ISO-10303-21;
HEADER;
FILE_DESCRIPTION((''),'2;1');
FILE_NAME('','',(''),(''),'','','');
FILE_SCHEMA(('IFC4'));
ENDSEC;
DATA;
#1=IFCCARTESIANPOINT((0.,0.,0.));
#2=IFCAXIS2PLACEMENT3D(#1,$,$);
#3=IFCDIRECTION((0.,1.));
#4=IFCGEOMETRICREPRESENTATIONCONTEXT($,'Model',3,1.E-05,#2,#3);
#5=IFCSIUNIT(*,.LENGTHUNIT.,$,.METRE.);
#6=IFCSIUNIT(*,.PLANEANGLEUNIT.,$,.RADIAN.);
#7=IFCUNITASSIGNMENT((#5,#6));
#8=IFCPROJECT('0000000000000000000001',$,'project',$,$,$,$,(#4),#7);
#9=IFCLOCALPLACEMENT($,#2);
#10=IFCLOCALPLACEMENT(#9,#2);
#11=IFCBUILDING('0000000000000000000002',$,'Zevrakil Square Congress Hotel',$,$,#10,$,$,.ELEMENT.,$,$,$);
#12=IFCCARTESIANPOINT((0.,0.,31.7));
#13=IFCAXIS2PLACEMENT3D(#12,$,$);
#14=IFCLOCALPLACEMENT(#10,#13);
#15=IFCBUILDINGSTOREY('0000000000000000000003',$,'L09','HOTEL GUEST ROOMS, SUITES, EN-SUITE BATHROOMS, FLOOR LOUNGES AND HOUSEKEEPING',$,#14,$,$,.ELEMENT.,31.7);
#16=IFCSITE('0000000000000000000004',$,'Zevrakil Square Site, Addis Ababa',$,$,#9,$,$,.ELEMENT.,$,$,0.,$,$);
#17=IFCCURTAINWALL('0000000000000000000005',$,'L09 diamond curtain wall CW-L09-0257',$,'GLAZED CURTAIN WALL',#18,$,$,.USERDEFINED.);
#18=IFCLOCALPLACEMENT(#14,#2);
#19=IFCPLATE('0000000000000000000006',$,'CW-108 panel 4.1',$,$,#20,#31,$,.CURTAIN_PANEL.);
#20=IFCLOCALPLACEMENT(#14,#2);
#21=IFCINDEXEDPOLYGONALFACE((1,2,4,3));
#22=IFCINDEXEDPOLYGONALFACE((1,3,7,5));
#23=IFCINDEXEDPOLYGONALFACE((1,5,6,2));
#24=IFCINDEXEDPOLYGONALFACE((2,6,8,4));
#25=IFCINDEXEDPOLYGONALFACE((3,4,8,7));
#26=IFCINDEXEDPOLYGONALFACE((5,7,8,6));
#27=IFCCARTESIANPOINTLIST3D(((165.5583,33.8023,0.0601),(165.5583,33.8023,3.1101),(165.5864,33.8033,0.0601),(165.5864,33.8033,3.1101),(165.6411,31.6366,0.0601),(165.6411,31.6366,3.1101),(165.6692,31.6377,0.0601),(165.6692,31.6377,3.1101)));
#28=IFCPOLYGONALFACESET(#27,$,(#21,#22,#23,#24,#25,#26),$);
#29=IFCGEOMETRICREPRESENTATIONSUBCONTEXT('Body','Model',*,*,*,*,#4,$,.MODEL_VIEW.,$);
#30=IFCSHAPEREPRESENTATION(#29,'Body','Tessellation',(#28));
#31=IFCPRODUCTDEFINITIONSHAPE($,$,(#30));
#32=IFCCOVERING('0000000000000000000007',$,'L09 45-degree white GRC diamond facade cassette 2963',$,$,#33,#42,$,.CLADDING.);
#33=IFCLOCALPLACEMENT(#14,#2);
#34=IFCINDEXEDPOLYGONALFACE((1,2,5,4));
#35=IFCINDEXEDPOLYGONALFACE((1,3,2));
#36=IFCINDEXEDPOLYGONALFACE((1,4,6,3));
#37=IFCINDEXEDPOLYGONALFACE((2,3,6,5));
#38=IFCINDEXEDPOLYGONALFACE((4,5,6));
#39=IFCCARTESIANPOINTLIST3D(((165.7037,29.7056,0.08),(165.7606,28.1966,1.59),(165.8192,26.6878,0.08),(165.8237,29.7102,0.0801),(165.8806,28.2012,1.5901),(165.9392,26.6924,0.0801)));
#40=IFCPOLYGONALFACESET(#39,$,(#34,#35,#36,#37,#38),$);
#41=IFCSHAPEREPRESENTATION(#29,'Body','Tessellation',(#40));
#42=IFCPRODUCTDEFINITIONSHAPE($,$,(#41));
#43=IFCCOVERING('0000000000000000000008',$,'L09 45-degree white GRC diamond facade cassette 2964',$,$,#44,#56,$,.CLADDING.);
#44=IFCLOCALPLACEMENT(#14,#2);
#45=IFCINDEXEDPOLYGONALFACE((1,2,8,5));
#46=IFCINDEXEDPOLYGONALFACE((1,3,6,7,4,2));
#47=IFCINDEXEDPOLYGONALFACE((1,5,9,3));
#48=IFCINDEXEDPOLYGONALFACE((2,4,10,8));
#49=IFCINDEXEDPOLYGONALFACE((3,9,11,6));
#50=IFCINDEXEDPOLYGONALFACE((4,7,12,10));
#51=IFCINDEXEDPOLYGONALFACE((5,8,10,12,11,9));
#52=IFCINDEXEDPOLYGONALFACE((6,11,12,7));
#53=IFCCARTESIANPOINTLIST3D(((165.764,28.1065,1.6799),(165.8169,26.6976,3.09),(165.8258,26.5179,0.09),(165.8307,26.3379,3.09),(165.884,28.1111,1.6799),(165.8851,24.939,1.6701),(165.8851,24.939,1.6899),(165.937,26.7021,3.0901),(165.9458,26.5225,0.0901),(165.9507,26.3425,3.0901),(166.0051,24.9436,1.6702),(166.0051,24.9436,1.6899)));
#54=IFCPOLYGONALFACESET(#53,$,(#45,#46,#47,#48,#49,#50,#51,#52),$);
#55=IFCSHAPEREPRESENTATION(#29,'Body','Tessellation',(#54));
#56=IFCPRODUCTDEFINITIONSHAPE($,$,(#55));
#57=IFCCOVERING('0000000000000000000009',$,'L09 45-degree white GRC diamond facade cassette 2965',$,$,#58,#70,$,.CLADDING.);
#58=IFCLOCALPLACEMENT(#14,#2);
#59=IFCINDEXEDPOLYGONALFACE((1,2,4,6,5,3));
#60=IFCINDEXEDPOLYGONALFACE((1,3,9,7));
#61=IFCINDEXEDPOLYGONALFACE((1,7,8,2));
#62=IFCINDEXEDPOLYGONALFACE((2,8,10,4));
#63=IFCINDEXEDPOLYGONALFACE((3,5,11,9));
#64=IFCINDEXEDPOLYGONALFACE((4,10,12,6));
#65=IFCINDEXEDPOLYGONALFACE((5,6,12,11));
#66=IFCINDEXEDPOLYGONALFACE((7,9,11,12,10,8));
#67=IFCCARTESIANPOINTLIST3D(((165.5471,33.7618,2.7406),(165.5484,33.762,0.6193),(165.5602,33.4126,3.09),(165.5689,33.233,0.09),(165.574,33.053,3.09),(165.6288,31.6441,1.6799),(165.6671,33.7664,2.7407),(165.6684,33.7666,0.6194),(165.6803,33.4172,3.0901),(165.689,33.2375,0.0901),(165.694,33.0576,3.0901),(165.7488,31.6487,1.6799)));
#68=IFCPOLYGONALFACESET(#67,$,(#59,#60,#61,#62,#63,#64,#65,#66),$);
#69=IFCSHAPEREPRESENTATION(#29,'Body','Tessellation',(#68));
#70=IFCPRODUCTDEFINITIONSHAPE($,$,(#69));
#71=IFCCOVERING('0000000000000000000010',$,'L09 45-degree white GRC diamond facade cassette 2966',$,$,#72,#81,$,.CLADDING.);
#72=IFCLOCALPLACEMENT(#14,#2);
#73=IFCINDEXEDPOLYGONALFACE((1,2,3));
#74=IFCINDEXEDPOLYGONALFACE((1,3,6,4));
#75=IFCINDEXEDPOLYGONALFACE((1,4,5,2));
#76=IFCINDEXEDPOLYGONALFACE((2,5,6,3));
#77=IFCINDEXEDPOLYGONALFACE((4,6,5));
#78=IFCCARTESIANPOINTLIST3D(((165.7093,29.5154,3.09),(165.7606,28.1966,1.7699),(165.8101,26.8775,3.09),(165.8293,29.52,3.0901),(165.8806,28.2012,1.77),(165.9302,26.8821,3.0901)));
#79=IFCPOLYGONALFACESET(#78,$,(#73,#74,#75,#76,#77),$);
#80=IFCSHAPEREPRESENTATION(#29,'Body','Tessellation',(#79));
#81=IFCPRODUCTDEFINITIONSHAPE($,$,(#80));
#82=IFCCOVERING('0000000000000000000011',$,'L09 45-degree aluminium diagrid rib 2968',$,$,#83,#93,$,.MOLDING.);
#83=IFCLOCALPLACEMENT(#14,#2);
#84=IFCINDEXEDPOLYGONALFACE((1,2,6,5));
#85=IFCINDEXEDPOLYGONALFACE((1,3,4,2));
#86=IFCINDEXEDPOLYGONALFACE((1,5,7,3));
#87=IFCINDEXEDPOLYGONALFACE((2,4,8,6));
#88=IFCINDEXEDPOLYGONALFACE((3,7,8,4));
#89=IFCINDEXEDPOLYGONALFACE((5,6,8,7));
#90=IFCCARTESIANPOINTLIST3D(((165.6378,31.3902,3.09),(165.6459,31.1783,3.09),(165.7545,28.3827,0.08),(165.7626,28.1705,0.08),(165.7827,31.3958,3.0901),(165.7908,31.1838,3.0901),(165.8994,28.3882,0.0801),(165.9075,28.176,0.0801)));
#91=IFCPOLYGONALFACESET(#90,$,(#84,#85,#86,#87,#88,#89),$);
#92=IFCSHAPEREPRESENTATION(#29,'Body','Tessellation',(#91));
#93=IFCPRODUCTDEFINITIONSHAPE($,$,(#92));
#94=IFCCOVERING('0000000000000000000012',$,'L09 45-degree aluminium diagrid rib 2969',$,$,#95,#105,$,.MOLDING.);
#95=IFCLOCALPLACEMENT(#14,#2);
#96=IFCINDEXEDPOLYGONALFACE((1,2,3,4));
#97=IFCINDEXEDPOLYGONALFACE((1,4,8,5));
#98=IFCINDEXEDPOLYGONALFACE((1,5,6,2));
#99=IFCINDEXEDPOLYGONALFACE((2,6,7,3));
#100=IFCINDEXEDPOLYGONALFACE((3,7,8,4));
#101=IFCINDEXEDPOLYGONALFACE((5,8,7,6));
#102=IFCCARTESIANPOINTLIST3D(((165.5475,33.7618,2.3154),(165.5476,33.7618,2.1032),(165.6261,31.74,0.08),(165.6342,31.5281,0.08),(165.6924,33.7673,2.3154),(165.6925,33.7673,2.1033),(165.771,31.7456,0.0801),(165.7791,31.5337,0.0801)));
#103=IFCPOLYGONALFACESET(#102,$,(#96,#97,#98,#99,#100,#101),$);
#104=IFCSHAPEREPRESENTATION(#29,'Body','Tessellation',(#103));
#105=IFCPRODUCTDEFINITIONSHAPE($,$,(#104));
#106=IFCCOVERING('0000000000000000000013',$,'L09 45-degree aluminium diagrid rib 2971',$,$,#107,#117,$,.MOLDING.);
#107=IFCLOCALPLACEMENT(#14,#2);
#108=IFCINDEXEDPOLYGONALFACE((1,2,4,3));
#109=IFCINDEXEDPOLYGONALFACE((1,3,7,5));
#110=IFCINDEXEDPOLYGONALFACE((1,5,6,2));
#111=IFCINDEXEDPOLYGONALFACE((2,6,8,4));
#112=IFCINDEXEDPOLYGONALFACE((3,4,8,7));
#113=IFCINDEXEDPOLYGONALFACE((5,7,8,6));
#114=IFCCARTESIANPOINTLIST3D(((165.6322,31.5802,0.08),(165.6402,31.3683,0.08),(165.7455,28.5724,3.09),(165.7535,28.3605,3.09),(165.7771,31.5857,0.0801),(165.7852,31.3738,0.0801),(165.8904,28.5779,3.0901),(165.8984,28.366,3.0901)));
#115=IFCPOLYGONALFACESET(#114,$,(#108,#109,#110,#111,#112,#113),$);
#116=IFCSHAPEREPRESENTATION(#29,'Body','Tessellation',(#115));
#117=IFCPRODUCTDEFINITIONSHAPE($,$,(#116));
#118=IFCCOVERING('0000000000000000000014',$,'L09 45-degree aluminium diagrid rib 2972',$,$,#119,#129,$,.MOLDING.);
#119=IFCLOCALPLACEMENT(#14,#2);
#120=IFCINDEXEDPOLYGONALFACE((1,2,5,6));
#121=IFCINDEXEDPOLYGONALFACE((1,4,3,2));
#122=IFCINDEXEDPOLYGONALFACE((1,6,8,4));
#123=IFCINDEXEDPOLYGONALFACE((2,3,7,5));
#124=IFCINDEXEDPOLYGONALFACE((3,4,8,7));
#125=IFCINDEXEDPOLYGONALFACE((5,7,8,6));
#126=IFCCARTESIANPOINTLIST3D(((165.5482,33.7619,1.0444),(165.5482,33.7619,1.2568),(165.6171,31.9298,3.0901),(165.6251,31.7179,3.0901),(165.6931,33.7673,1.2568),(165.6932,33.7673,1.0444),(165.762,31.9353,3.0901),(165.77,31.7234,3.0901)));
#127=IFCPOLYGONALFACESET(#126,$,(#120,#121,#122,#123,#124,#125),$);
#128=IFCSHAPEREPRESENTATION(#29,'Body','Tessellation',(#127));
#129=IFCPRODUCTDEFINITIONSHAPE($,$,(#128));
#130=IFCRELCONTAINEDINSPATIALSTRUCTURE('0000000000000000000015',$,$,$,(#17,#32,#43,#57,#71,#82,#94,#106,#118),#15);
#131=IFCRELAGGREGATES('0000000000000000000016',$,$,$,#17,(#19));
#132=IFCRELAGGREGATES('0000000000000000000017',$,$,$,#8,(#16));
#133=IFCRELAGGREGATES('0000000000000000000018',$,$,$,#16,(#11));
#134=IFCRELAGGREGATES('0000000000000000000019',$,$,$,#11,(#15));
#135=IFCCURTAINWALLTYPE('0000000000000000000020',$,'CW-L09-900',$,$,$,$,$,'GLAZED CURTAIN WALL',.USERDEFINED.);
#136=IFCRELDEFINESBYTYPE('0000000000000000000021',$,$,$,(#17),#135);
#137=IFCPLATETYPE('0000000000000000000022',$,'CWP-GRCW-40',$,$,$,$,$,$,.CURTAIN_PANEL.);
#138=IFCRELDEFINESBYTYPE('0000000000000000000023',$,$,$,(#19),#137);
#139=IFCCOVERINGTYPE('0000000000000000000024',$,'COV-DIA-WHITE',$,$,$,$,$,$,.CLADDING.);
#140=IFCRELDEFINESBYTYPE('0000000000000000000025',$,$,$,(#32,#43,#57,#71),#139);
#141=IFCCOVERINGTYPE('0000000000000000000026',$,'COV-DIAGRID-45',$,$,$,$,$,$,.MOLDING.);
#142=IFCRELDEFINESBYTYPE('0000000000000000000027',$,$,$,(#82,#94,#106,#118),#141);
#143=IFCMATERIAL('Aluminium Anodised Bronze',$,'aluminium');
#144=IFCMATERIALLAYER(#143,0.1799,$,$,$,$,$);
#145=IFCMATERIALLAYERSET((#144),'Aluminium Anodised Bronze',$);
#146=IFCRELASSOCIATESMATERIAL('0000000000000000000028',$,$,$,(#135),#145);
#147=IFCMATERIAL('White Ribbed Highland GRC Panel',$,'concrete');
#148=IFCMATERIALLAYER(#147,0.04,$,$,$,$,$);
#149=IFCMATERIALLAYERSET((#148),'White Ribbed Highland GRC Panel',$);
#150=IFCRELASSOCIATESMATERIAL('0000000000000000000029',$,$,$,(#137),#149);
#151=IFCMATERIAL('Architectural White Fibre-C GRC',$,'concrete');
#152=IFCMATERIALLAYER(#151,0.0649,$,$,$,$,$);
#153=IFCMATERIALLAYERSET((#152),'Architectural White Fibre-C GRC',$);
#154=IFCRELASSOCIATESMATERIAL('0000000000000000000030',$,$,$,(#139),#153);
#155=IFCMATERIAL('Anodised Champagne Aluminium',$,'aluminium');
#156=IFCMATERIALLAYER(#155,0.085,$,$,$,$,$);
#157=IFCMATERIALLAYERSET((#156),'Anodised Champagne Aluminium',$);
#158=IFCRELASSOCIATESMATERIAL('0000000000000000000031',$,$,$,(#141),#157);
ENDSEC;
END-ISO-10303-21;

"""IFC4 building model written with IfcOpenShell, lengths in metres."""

from ifc_helpers import new_model, si_unit, direction, frame, origin, origin_2d, place, context, subcontext, project, spatial, polyline, rectangle, outline, extrude, material, layer, layer_set, type_object, element, aggregate, save


model = new_model("IFC4")

# Units and contexts
model_context = context("Model", 3, precision=1e-05, world=origin(), true_north=direction((0.0, 1.0)))
body_context = subcontext(model_context, "Body", "Model", "MODEL_VIEW")
ifc_project = project(units=[si_unit("LENGTHUNIT", "METRE"), si_unit("PLANEANGLEUNIT", "RADIAN")], contexts=[model_context])

# Site, building, storey
site_placement = place(None, origin())
site = spatial("IfcSite", under=ifc_project, at=site_placement, Name="Zevrakil Square Site, Addis Ababa", CompositionType="ELEMENT", RefElevation=0.0)
building_placement = place(site_placement, origin())
building = spatial("IfcBuilding", under=site, at=building_placement, Name="Zevrakil Square Congress Hotel", CompositionType="ELEMENT")
storey_placement = place(building_placement, frame((0.0, 0.0, 31.7)))
storey = spatial("IfcBuildingStorey", under=building, at=storey_placement, Name="L09", Description="HOTEL GUEST ROOMS, SUITES, EN-SUITE BATHROOMS, FLOOR LOUNGES AND HOUSEKEEPING", CompositionType="ELEMENT", Elevation=31.7)

# Curtain wall
ifc_material_1 = material(Name="Aluminium Anodised Bronze", Category="aluminium")
ifc_layer_1 = layer(ifc_material_1, 0.1799)
ifc_layer_set_1 = layer_set([ifc_layer_1], Name="Aluminium Anodised Bronze")
curtain_wall_type_1 = type_object("IfcCurtainWallType", Name="CW-L09-900", ElementType="GLAZED CURTAIN WALL", PredefinedType="USERDEFINED", material=ifc_layer_set_1)
curtain_wall_1_placement = place(storey_placement, origin())
curtain_wall_1 = element("IfcCurtainWall", 1, at=curtain_wall_1_placement, inside=storey, type_object=curtain_wall_type_1, Name="L09 diamond curtain wall CW-L09-0257", ObjectType="GLAZED CURTAIN WALL", PredefinedType="USERDEFINED")

# Plate
ifc_material_2 = material(Name="White Ribbed Highland GRC Panel", Category="concrete")
ifc_layer_2 = layer(ifc_material_2, 0.04)
ifc_layer_set_2 = layer_set([ifc_layer_2], Name="White Ribbed Highland GRC Panel")
plate_type_1 = type_object("IfcPlateType", Name="CWP-GRCW-40", PredefinedType="CURTAIN_PANEL", material=ifc_layer_set_2)
plate_1_placement = place(storey_placement, frame((165.6138, 32.72, 0.0601), z_axis=(0.0, 0.0, 1.0), x_axis=(-0.038209, 0.99927, 0.0)))
plate_1 = element("IfcPlate", 2, at=plate_1_placement, type_object=plate_type_1, Name="CW-108 panel 4.1", PredefinedType="CURTAIN_PANEL", context=body_context, shape_type="SweptSolid", body=[
    extrude(rectangle(XDim=2.1672, YDim=0.0281, at=origin_2d()), origin(), (0.0, 0.0, 1.0), 3.05),
])
aggregate(curtain_wall_1, [plate_1])

# Coverings
ifc_material_3 = material(Name="Architectural White Fibre-C GRC", Category="concrete")
ifc_layer_3 = layer(ifc_material_3, 0.0649)
ifc_layer_set_3 = layer_set([ifc_layer_3], Name="Architectural White Fibre-C GRC")
covering_type_1 = type_object("IfcCoveringType", Name="COV-DIA-WHITE", PredefinedType="CLADDING", material=ifc_layer_set_3)
covering_1_placement = place(storey_placement, frame((165.8806, 28.2012, 1.5901), z_axis=(0.999269, 0.038238, 0.000569), x_axis=(-0.026637, 0.706627, -0.707084)))
element("IfcCovering", 3, at=covering_1_placement, inside=storey, type_object=covering_type_1, Name="L09 45-degree white GRC diamond facade cassette 2963", PredefinedType="CLADDING", context=body_context, shape_type="SweptSolid", body=[
    extrude(outline(polyline([(0.0, 0.0), (2.1355, 0.0), (0.0, -2.1354), (0.0, 0.0)])), origin(), (0.0, 0.0, -1.0), 0.1201),
])
covering_2_placement = place(storey_placement, frame((165.884, 28.1111, 1.6799), z_axis=(0.99927, 0.038192, 0.00065), x_axis=(0.027465, -0.706569, -0.707111)))
element("IfcCovering", 4, at=covering_2_placement, inside=storey, type_object=covering_type_1, Name="L09 45-degree white GRC diamond facade cassette 2964", PredefinedType="CLADDING", context=body_context, shape_type="SweptSolid", body=[
    extrude(outline(polyline([(0.0, 0.0), (2.2484, 0.0), (2.2483, -2.2345), (2.2343, -2.2485), (0.2543, -2.2486), (-0.0002, -1.9941), (0.0, 0.0)])), origin(), (0.0, 0.0, -1.0), 0.1201),
])
covering_3_placement = place(storey_placement, frame((165.689, 33.2375, 0.0901), z_axis=(0.999267, 0.038267, 0.00061), x_axis=(0.026629, -0.706638, 0.707074)))
element("IfcCovering", 5, at=covering_3_placement, inside=storey, type_object=covering_type_1, Name="L09 45-degree white GRC diamond facade cassette 2965", PredefinedType="CLADDING", context=body_context, shape_type="SweptSolid", body=[
    extrude(outline(polyline([(0.0, 0.0), (2.2485, 0.0), (2.2485, -1.9941), (1.994, -2.2486), (1.4999, -2.2486), (-0.0001, -0.7486), (0.0, 0.0)])), origin(), (0.0, 0.0, -1.0), 0.1201),
])
covering_4_placement = place(storey_placement, frame((165.8806, 28.2012, 1.77), z_axis=(0.99927, 0.038195, 0.00065), x_axis=(0.026548, -0.706596, 0.707119)))
element("IfcCovering", 6, at=covering_4_placement, inside=storey, type_object=covering_type_1, Name="L09 45-degree white GRC diamond facade cassette 2966", PredefinedType="CLADDING", context=body_context, shape_type="SweptSolid", body=[
    extrude(outline(polyline([(0.0, 0.0), (1.8668, 0.0), (0.0002, -1.8667), (0.0, 0.0)])), origin(), (0.0, 0.0, -1.0), 0.1201),
])
ifc_material_4 = material(Name="Anodised Champagne Aluminium", Category="aluminium")
ifc_layer_4 = layer(ifc_material_4, 0.085)
ifc_layer_set_4 = layer_set([ifc_layer_4], Name="Anodised Champagne Aluminium")
covering_type_2 = type_object("IfcCoveringType", Name="COV-DIAGRID-45", PredefinedType="MOLDING", material=ifc_layer_set_4)
covering_5_placement = place(storey_placement, frame((165.8994, 28.3882, 0.0801), z_axis=(0.999279, 0.037969, 0.000803), x_axis=(0.037969, -0.999279, 0.0)))
element("IfcCovering", 7, at=covering_5_placement, inside=storey, type_object=covering_type_2, Name="L09 45-degree aluminium diagrid rib 2968", PredefinedType="MOLDING", context=body_context, shape_type="SweptSolid", body=[
    extrude(outline(polyline([(0.0, 0.0), (0.2123, 0.0), (-2.7978, -3.01), (-3.0098, -3.01), (0.0, 0.0)])), origin(), (0.0, 0.0, -1.0), 0.145),
])
covering_6_placement = place(storey_placement, frame((165.771, 31.7456, 0.0801), z_axis=(0.999262, 0.038401, 0.000411), x_axis=(0.038401, -0.999262, 0.0)))
element("IfcCovering", 8, at=covering_6_placement, inside=storey, type_object=covering_type_2, Name="L09 45-degree aluminium diagrid rib 2969", PredefinedType="MOLDING", context=body_context, shape_type="SweptSolid", body=[
    extrude(outline(polyline([(0.0, 0.0), (0.2121, 0.0), (-2.0233, -2.2354), (-2.0233, -2.0232), (0.0, 0.0)])), origin(), (0.0, 0.0, -1.0), 0.145),
])
covering_7_placement = place(storey_placement, frame((165.8984, 28.366, 3.0901), z_axis=(0.999278, 0.037991, 0.000356), x_axis=(-0.037991, 0.999278, 0.0)))
element("IfcCovering", 9, at=covering_7_placement, inside=storey, type_object=covering_type_2, Name="L09 45-degree aluminium diagrid rib 2971", PredefinedType="MOLDING", context=body_context, shape_type="SweptSolid", body=[
    extrude(outline(polyline([(0.0, 0.0), (0.2121, 0.0), (3.222, -3.01), (3.0099, -3.01), (0.0, 0.0)])), origin(), (0.0, 0.0, -1.0), 0.145),
])
covering_8_placement = place(storey_placement, frame((165.77, 31.7234, 3.0901), z_axis=(0.999286, 0.037784, 0.000207), x_axis=(-0.037784, 0.999286, 0.0)))
element("IfcCovering", 10, at=covering_8_placement, inside=storey, type_object=covering_type_2, Name="L09 45-degree aluminium diagrid rib 2972", PredefinedType="MOLDING", context=body_context, shape_type="SweptSolid", body=[
    extrude(outline(polyline([(0.0, 0.0), (0.2121, 0.0), (2.0454, -1.8333), (2.0454, -2.0457), (0.0, 0.0)])), origin(), (0.0, 0.0, -1.0), 0.145),
])

save(model, "model.ifc")
